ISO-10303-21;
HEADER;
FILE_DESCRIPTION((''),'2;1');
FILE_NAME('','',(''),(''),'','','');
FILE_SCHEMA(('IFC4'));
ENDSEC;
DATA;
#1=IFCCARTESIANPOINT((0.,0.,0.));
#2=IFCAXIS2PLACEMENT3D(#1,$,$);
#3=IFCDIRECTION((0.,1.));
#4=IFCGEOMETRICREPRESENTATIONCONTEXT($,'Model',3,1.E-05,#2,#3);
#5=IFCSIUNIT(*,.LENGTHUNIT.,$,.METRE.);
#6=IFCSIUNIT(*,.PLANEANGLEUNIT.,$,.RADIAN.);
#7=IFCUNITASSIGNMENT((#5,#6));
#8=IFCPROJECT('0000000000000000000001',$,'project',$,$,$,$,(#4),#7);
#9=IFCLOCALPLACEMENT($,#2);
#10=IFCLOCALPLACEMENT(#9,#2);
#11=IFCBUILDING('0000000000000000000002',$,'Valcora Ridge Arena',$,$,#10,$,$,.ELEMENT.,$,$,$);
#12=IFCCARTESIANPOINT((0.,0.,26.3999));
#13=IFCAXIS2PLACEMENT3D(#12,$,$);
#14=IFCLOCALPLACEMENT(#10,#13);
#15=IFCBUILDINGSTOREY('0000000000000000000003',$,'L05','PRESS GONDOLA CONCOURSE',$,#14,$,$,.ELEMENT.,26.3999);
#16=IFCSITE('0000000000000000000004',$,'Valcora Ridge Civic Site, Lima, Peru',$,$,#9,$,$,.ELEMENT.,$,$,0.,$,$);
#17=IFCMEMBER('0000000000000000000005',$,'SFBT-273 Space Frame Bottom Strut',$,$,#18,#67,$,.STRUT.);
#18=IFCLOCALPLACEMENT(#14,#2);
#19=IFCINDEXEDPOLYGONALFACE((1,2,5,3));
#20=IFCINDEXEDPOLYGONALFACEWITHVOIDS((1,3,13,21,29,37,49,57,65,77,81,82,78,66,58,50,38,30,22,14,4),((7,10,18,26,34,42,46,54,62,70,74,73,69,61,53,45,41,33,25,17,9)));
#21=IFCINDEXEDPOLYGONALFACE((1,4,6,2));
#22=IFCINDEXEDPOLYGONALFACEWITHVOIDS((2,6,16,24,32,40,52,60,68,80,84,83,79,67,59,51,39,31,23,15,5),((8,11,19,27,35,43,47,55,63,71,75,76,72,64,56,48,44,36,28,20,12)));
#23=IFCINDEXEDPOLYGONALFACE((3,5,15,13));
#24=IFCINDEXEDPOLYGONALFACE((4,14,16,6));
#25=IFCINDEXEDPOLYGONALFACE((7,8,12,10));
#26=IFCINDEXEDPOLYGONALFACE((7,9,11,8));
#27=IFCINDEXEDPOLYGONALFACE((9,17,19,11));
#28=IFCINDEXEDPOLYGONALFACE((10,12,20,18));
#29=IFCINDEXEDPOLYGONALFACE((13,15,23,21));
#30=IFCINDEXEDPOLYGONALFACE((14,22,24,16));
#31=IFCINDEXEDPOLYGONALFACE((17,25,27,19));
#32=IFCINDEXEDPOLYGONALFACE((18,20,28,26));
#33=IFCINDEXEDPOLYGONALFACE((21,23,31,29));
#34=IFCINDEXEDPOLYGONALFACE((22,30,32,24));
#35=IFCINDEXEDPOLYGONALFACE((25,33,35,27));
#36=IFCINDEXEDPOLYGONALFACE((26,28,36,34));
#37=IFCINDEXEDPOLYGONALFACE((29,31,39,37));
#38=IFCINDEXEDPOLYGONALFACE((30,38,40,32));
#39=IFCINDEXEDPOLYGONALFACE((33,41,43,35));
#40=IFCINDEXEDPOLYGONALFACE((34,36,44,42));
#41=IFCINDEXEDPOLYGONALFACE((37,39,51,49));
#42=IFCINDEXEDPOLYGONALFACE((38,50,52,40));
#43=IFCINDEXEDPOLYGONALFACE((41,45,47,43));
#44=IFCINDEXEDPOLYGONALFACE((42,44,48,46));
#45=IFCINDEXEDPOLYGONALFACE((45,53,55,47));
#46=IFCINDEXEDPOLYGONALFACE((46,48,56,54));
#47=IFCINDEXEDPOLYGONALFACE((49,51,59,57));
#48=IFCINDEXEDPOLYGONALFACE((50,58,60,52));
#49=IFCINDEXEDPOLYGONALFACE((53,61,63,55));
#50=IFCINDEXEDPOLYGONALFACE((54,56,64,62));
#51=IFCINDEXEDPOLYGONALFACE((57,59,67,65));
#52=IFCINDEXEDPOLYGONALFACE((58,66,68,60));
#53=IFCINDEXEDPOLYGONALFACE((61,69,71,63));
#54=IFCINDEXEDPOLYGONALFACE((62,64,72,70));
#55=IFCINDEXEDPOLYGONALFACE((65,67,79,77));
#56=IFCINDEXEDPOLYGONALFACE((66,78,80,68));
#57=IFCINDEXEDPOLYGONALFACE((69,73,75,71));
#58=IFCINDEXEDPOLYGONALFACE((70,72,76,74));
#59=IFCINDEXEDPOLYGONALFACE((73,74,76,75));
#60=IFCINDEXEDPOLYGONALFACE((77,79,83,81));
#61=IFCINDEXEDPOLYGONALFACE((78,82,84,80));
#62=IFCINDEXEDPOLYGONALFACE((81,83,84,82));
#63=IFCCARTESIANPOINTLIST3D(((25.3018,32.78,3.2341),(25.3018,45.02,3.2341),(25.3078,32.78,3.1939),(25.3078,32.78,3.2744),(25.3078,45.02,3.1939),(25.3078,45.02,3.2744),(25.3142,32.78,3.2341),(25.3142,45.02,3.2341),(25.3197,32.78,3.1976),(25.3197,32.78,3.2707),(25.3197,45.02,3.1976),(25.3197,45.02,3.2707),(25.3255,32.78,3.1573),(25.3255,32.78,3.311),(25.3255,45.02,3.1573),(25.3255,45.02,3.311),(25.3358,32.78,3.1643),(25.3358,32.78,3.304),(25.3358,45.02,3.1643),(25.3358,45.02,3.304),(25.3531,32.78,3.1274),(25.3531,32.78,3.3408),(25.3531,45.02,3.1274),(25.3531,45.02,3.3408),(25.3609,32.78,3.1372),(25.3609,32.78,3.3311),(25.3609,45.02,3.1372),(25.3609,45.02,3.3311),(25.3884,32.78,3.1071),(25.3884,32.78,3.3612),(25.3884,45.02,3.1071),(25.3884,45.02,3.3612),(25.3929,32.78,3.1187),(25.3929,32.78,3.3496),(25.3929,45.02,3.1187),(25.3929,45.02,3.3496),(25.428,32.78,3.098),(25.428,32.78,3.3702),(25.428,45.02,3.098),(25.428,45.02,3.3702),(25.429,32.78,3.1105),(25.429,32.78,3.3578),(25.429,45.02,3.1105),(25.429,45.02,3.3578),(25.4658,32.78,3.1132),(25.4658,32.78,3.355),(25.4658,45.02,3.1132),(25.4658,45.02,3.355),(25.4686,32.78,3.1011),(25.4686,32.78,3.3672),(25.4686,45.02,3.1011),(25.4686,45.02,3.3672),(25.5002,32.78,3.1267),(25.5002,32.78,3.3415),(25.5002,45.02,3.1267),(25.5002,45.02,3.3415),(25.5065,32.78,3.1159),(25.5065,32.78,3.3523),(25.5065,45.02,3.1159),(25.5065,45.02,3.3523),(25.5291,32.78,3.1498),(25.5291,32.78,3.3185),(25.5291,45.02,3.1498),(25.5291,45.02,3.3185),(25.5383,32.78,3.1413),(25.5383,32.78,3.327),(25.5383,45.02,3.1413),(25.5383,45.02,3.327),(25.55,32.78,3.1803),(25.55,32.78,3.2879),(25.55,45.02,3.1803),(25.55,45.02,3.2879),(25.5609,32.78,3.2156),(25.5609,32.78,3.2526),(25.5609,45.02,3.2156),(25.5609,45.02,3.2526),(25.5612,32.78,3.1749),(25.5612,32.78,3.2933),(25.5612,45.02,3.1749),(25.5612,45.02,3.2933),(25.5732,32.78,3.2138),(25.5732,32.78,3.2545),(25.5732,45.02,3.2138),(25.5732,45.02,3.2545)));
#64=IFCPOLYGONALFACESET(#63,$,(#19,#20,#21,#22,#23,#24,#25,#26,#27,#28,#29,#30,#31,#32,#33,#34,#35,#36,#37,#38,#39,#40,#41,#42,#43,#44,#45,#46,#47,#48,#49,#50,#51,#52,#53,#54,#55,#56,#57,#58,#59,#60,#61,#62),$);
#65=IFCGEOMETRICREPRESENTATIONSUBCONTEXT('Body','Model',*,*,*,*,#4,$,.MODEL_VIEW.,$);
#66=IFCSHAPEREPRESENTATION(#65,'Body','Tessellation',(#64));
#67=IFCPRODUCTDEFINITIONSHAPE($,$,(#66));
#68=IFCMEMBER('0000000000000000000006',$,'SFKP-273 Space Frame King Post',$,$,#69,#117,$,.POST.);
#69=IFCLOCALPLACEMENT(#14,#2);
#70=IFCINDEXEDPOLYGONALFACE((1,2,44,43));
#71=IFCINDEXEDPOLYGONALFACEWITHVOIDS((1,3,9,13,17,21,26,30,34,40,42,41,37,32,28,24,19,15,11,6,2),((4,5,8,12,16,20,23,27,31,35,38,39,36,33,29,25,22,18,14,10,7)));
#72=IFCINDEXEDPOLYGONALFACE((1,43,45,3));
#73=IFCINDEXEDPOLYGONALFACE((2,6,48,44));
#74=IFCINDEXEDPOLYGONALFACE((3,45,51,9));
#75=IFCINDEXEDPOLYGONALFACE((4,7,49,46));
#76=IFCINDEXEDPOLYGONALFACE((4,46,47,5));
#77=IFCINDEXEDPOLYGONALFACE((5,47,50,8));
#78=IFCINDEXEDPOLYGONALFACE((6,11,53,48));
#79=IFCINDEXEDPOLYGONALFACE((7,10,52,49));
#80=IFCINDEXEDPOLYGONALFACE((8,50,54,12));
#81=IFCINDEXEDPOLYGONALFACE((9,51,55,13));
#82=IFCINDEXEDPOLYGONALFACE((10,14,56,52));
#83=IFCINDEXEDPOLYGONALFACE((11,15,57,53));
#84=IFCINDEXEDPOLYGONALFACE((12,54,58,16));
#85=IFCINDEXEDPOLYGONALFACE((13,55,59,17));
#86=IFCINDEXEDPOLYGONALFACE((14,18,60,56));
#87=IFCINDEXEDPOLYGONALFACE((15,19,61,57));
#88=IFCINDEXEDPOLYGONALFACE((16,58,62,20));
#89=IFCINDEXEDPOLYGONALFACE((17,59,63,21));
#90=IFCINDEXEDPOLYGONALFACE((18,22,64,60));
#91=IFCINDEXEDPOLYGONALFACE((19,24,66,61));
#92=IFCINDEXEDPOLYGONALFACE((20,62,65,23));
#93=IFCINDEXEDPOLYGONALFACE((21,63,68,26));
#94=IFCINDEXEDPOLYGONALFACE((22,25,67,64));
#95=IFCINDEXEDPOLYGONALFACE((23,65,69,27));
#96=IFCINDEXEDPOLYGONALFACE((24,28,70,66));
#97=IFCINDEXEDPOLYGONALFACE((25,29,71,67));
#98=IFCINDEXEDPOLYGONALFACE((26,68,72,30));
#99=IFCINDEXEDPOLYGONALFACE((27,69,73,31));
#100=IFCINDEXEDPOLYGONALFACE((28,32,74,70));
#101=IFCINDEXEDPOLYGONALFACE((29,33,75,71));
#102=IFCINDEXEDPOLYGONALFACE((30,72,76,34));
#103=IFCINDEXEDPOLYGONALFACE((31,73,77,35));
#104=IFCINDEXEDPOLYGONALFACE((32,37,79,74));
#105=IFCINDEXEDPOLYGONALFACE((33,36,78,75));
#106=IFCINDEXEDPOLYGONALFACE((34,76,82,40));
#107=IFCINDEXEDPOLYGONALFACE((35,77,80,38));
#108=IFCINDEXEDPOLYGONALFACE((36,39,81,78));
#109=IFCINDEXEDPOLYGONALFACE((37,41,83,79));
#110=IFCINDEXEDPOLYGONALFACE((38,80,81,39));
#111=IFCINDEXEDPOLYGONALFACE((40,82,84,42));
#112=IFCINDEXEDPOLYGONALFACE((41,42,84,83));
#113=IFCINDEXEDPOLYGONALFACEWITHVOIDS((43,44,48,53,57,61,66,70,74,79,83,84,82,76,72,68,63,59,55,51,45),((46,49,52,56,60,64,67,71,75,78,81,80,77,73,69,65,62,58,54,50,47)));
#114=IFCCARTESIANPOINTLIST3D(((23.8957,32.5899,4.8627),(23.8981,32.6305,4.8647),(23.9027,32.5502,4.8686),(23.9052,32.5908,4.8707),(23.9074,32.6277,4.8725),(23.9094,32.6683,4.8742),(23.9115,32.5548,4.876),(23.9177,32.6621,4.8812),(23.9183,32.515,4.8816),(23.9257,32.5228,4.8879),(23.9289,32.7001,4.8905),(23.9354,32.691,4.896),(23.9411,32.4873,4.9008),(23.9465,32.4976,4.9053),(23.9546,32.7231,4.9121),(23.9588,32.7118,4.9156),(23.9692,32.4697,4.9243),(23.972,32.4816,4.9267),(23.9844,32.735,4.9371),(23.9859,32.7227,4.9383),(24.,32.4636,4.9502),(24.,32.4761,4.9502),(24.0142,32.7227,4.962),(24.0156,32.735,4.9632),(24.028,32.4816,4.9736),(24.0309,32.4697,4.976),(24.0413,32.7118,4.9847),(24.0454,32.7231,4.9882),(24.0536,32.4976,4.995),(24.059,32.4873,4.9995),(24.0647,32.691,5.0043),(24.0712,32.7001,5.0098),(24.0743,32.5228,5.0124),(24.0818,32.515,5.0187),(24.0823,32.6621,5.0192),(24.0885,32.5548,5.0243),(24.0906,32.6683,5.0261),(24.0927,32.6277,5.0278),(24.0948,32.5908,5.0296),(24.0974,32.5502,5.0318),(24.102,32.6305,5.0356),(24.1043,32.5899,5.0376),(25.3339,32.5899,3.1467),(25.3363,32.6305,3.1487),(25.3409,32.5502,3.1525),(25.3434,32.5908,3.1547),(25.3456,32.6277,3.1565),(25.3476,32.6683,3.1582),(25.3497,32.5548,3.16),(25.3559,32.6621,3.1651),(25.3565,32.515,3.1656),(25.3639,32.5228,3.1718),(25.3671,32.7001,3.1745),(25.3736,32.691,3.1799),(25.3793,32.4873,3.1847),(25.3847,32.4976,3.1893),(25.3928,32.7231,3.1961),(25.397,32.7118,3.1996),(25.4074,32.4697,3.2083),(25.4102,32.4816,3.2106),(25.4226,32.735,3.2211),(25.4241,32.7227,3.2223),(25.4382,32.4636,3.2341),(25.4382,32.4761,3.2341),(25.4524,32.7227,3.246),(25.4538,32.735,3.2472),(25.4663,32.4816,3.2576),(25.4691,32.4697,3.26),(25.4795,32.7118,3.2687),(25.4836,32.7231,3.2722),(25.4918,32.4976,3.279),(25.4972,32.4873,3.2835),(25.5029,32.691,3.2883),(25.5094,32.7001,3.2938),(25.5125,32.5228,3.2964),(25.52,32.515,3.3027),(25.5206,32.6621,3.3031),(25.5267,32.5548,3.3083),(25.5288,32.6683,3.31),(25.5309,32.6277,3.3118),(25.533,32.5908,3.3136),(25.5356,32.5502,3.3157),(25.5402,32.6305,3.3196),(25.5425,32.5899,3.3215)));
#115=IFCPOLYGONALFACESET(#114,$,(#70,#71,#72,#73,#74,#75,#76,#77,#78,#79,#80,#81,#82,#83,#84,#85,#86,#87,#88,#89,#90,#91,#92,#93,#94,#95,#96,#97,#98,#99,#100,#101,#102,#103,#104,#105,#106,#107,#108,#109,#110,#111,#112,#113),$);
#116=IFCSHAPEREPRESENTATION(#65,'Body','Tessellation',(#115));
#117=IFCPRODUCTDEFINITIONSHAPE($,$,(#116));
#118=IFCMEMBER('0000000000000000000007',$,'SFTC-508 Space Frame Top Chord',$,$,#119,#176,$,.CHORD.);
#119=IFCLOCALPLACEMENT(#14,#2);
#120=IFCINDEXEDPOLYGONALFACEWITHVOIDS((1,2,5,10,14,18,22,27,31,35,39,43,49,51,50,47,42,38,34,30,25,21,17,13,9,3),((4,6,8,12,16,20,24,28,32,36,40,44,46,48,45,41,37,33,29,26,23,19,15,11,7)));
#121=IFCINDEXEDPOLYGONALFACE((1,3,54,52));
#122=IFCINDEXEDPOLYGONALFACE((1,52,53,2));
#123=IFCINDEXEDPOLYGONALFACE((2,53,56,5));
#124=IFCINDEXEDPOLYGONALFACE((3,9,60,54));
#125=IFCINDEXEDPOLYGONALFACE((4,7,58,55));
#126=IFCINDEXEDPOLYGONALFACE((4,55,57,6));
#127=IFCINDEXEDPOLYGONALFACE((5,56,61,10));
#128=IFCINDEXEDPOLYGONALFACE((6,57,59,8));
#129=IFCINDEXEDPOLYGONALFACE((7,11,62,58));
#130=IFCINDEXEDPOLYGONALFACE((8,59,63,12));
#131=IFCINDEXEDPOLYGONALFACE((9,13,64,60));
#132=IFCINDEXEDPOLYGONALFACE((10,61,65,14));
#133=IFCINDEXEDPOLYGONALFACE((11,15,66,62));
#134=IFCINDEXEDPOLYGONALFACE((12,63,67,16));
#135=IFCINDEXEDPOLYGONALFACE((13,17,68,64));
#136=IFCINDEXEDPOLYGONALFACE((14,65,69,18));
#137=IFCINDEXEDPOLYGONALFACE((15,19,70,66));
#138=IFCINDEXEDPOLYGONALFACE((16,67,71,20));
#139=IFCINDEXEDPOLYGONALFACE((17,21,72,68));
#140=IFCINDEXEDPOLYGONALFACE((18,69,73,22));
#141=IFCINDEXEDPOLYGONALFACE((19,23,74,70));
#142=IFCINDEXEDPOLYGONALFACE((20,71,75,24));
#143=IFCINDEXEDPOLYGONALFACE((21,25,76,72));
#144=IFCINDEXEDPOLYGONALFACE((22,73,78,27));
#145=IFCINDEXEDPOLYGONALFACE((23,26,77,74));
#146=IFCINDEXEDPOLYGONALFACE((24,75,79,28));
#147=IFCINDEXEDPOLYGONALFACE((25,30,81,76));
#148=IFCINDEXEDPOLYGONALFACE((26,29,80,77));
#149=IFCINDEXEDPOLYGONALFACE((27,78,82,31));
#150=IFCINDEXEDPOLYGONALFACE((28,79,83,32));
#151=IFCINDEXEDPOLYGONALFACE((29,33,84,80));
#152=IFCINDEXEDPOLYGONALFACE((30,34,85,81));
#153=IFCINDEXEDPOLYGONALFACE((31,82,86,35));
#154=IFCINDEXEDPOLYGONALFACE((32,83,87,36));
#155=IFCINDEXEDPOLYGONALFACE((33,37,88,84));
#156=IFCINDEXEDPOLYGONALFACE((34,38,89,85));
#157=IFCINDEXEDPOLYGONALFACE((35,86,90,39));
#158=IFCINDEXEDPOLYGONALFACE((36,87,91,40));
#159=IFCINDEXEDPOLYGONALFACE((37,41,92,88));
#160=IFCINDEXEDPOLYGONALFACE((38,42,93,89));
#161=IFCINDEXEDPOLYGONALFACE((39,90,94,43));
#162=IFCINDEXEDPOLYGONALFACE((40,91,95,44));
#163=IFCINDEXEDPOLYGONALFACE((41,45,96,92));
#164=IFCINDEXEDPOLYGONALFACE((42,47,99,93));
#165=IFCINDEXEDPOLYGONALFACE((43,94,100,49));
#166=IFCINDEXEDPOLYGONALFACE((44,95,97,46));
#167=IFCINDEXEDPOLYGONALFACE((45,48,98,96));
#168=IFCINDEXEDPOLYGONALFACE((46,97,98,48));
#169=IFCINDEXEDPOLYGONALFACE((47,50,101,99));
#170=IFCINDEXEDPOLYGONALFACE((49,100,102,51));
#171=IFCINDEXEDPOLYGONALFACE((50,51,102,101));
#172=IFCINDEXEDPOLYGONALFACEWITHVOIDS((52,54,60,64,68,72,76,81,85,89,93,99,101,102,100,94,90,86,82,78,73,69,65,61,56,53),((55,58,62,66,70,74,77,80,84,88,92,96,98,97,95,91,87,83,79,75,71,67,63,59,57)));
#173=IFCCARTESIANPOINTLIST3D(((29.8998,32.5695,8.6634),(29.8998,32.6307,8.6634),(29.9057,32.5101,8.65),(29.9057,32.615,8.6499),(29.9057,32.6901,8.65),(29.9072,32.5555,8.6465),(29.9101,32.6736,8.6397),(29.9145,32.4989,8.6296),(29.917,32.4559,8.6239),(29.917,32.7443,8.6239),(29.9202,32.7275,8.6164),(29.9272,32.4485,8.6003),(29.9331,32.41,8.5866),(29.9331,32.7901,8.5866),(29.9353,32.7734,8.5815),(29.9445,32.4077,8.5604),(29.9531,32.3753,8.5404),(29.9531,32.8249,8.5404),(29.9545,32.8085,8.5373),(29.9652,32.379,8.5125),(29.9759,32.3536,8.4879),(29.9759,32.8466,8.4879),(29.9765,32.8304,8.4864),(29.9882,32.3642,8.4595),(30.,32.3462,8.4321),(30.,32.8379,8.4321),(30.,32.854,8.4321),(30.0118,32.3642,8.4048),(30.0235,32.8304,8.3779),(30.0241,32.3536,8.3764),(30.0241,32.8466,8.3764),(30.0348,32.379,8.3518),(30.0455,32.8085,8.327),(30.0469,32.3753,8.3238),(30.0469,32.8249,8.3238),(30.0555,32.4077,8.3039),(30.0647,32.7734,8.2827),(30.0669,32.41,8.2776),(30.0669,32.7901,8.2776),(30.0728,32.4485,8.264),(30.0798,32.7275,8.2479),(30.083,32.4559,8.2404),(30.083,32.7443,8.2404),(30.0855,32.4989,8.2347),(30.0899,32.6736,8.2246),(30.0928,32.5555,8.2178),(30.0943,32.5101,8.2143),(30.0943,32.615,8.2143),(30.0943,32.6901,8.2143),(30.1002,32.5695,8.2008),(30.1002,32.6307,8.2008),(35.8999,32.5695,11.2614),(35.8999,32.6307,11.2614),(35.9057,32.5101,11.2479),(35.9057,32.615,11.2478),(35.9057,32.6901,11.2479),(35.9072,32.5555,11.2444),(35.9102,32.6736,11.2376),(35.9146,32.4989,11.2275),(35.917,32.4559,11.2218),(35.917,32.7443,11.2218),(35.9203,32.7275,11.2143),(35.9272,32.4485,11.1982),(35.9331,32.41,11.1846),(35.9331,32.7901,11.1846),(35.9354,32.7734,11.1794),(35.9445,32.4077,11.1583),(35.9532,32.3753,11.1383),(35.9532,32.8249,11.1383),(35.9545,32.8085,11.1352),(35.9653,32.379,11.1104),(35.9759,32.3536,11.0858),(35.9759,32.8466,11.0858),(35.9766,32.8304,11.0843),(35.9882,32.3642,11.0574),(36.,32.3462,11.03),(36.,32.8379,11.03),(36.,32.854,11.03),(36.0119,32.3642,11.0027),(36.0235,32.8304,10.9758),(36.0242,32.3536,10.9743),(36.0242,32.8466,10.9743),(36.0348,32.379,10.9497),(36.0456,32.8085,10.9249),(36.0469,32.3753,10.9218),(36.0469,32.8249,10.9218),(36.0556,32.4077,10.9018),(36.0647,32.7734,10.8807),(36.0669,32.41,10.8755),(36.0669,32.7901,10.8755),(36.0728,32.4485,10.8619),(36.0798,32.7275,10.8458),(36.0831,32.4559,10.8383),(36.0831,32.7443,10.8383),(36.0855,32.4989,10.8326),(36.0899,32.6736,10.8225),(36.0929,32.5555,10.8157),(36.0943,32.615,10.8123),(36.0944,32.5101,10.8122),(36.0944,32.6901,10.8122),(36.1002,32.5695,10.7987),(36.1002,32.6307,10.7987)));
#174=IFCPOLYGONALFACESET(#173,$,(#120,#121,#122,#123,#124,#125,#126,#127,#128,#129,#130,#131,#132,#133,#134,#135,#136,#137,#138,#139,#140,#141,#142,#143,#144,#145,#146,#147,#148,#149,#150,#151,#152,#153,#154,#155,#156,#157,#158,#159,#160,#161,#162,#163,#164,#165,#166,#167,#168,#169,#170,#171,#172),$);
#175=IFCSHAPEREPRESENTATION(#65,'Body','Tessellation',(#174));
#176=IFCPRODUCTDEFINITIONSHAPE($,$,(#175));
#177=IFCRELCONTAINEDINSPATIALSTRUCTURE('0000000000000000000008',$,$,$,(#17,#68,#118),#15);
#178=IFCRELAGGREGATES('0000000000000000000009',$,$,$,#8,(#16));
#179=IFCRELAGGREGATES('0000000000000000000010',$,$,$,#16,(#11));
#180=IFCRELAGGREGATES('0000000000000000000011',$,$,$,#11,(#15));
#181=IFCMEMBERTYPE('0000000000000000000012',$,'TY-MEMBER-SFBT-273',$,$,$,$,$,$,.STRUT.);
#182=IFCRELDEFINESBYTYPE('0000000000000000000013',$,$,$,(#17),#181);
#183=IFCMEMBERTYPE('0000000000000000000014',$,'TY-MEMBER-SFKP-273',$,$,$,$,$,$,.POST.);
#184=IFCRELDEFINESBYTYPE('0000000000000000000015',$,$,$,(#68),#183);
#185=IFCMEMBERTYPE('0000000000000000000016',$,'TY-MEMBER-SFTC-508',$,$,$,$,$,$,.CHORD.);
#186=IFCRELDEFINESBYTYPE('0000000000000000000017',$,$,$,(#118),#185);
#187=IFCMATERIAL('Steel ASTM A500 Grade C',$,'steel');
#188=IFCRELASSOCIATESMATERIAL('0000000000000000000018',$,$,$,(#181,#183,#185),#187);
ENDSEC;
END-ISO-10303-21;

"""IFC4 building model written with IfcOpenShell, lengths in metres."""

from ifc_helpers import new_model, si_unit, direction, frame, origin, origin_2d, place, context, subcontext, project, spatial, hollow_circle, extrude, material, material_profile, profile_set, type_object, element, save


model = new_model("IFC4")

# Units and contexts
model_context = context("Model", 3, precision=1e-05, world=origin(), true_north=direction((0.0, 1.0)))
body_context = subcontext(model_context, "Body", "Model", "MODEL_VIEW")
ifc_project = project(units=[si_unit("LENGTHUNIT", "METRE"), si_unit("PLANEANGLEUNIT", "RADIAN")], contexts=[model_context])

# Site, building, storey
site_placement = place(None, origin())
site = spatial("IfcSite", under=ifc_project, at=site_placement, Name="Valcora Ridge Civic Site, Lima, Peru", CompositionType="ELEMENT", RefElevation=0.0)
building_placement = place(site_placement, origin())
building = spatial("IfcBuilding", under=site, at=building_placement, Name="Valcora Ridge Arena", CompositionType="ELEMENT")
storey_placement = place(building_placement, frame((0.0, 0.0, 26.3999)))
storey = spatial("IfcBuildingStorey", under=building, at=storey_placement, Name="L05", Description="PRESS GONDOLA CONCOURSE", CompositionType="ELEMENT", Elevation=26.3999)

# Members
ifc_material_1 = material(Name="Steel ASTM A500 Grade C", Category="steel")
ifc_material_profile_1 = material_profile(ifc_material_1, hollow_circle(Radius=0.1365, WallThickness=0.0125, at=origin_2d()), Name="CHS273X12")
ifc_profile_set_1 = profile_set([ifc_material_profile_1], Name="Steel ASTM A500 Grade C")
member_type_1 = type_object("IfcMemberType", Name="TY-MEMBER-SFBT-273", PredefinedType="STRUT", material=ifc_profile_set_1)
member_1_placement = place(storey_placement, frame((25.4382, 32.78, 3.2341), z_axis=(0.0, 1.0, 0.0), x_axis=(-1.0, 0.0, 0.0)))
element("IfcMember", 1, at=member_1_placement, inside=storey, type_object=member_type_1, Name="SFBT-273 Space Frame Bottom Strut", PredefinedType="STRUT", context=body_context, shape_type="SweptSolid", body=[
    extrude(hollow_circle(Radius=0.1365, WallThickness=0.0125, at=origin_2d()), origin(), (0.0, 0.0, 1.0), 12.24),
])
ifc_material_profile_2 = material_profile(ifc_material_1, hollow_circle(Radius=0.1365, WallThickness=0.0125, at=origin_2d()), Name="CHS273X12")
ifc_profile_set_2 = profile_set([ifc_material_profile_2], Name="Steel ASTM A500 Grade C")
member_type_2 = type_object("IfcMemberType", Name="TY-MEMBER-SFKP-273", PredefinedType="POST", material=ifc_profile_set_2)
member_2_placement = place(storey_placement, frame((25.4382, 32.6001, 3.2341), z_axis=(-0.642338, 0.0, 0.766422), x_axis=(0.0, -1.0, 0.0)))
element("IfcMember", 2, at=member_2_placement, inside=storey, type_object=member_type_2, Name="SFKP-273 Space Frame King Post", PredefinedType="POST", context=body_context, shape_type="SweptSolid", body=[
    extrude(hollow_circle(Radius=0.1365, WallThickness=0.0125, at=origin_2d()), origin(), (0.0, 0.0, 1.0), 2.239),
])
ifc_material_profile_3 = material_profile(ifc_material_1, hollow_circle(Radius=0.2539, WallThickness=0.0161, at=origin_2d()), Name="CHS508X16")
ifc_profile_set_3 = profile_set([ifc_material_profile_3], Name="Steel ASTM A500 Grade C")
member_type_3 = type_object("IfcMemberType", Name="TY-MEMBER-SFTC-508", PredefinedType="CHORD", material=ifc_profile_set_3)
member_3_placement = place(storey_placement, frame((30.0, 32.6001, 8.4321), z_axis=(0.917673, 0.0, 0.397337), x_axis=(0.0, 1.0, 0.0)))
element("IfcMember", 3, at=member_3_placement, inside=storey, type_object=member_type_3, Name="SFTC-508 Space Frame Top Chord", PredefinedType="CHORD", context=body_context, shape_type="SweptSolid", body=[
    extrude(hollow_circle(Radius=0.2539, WallThickness=0.0161, at=origin_2d()), origin(), (0.0, 0.0, 1.0), 6.5383),
])

save(model, "model.ifc")
